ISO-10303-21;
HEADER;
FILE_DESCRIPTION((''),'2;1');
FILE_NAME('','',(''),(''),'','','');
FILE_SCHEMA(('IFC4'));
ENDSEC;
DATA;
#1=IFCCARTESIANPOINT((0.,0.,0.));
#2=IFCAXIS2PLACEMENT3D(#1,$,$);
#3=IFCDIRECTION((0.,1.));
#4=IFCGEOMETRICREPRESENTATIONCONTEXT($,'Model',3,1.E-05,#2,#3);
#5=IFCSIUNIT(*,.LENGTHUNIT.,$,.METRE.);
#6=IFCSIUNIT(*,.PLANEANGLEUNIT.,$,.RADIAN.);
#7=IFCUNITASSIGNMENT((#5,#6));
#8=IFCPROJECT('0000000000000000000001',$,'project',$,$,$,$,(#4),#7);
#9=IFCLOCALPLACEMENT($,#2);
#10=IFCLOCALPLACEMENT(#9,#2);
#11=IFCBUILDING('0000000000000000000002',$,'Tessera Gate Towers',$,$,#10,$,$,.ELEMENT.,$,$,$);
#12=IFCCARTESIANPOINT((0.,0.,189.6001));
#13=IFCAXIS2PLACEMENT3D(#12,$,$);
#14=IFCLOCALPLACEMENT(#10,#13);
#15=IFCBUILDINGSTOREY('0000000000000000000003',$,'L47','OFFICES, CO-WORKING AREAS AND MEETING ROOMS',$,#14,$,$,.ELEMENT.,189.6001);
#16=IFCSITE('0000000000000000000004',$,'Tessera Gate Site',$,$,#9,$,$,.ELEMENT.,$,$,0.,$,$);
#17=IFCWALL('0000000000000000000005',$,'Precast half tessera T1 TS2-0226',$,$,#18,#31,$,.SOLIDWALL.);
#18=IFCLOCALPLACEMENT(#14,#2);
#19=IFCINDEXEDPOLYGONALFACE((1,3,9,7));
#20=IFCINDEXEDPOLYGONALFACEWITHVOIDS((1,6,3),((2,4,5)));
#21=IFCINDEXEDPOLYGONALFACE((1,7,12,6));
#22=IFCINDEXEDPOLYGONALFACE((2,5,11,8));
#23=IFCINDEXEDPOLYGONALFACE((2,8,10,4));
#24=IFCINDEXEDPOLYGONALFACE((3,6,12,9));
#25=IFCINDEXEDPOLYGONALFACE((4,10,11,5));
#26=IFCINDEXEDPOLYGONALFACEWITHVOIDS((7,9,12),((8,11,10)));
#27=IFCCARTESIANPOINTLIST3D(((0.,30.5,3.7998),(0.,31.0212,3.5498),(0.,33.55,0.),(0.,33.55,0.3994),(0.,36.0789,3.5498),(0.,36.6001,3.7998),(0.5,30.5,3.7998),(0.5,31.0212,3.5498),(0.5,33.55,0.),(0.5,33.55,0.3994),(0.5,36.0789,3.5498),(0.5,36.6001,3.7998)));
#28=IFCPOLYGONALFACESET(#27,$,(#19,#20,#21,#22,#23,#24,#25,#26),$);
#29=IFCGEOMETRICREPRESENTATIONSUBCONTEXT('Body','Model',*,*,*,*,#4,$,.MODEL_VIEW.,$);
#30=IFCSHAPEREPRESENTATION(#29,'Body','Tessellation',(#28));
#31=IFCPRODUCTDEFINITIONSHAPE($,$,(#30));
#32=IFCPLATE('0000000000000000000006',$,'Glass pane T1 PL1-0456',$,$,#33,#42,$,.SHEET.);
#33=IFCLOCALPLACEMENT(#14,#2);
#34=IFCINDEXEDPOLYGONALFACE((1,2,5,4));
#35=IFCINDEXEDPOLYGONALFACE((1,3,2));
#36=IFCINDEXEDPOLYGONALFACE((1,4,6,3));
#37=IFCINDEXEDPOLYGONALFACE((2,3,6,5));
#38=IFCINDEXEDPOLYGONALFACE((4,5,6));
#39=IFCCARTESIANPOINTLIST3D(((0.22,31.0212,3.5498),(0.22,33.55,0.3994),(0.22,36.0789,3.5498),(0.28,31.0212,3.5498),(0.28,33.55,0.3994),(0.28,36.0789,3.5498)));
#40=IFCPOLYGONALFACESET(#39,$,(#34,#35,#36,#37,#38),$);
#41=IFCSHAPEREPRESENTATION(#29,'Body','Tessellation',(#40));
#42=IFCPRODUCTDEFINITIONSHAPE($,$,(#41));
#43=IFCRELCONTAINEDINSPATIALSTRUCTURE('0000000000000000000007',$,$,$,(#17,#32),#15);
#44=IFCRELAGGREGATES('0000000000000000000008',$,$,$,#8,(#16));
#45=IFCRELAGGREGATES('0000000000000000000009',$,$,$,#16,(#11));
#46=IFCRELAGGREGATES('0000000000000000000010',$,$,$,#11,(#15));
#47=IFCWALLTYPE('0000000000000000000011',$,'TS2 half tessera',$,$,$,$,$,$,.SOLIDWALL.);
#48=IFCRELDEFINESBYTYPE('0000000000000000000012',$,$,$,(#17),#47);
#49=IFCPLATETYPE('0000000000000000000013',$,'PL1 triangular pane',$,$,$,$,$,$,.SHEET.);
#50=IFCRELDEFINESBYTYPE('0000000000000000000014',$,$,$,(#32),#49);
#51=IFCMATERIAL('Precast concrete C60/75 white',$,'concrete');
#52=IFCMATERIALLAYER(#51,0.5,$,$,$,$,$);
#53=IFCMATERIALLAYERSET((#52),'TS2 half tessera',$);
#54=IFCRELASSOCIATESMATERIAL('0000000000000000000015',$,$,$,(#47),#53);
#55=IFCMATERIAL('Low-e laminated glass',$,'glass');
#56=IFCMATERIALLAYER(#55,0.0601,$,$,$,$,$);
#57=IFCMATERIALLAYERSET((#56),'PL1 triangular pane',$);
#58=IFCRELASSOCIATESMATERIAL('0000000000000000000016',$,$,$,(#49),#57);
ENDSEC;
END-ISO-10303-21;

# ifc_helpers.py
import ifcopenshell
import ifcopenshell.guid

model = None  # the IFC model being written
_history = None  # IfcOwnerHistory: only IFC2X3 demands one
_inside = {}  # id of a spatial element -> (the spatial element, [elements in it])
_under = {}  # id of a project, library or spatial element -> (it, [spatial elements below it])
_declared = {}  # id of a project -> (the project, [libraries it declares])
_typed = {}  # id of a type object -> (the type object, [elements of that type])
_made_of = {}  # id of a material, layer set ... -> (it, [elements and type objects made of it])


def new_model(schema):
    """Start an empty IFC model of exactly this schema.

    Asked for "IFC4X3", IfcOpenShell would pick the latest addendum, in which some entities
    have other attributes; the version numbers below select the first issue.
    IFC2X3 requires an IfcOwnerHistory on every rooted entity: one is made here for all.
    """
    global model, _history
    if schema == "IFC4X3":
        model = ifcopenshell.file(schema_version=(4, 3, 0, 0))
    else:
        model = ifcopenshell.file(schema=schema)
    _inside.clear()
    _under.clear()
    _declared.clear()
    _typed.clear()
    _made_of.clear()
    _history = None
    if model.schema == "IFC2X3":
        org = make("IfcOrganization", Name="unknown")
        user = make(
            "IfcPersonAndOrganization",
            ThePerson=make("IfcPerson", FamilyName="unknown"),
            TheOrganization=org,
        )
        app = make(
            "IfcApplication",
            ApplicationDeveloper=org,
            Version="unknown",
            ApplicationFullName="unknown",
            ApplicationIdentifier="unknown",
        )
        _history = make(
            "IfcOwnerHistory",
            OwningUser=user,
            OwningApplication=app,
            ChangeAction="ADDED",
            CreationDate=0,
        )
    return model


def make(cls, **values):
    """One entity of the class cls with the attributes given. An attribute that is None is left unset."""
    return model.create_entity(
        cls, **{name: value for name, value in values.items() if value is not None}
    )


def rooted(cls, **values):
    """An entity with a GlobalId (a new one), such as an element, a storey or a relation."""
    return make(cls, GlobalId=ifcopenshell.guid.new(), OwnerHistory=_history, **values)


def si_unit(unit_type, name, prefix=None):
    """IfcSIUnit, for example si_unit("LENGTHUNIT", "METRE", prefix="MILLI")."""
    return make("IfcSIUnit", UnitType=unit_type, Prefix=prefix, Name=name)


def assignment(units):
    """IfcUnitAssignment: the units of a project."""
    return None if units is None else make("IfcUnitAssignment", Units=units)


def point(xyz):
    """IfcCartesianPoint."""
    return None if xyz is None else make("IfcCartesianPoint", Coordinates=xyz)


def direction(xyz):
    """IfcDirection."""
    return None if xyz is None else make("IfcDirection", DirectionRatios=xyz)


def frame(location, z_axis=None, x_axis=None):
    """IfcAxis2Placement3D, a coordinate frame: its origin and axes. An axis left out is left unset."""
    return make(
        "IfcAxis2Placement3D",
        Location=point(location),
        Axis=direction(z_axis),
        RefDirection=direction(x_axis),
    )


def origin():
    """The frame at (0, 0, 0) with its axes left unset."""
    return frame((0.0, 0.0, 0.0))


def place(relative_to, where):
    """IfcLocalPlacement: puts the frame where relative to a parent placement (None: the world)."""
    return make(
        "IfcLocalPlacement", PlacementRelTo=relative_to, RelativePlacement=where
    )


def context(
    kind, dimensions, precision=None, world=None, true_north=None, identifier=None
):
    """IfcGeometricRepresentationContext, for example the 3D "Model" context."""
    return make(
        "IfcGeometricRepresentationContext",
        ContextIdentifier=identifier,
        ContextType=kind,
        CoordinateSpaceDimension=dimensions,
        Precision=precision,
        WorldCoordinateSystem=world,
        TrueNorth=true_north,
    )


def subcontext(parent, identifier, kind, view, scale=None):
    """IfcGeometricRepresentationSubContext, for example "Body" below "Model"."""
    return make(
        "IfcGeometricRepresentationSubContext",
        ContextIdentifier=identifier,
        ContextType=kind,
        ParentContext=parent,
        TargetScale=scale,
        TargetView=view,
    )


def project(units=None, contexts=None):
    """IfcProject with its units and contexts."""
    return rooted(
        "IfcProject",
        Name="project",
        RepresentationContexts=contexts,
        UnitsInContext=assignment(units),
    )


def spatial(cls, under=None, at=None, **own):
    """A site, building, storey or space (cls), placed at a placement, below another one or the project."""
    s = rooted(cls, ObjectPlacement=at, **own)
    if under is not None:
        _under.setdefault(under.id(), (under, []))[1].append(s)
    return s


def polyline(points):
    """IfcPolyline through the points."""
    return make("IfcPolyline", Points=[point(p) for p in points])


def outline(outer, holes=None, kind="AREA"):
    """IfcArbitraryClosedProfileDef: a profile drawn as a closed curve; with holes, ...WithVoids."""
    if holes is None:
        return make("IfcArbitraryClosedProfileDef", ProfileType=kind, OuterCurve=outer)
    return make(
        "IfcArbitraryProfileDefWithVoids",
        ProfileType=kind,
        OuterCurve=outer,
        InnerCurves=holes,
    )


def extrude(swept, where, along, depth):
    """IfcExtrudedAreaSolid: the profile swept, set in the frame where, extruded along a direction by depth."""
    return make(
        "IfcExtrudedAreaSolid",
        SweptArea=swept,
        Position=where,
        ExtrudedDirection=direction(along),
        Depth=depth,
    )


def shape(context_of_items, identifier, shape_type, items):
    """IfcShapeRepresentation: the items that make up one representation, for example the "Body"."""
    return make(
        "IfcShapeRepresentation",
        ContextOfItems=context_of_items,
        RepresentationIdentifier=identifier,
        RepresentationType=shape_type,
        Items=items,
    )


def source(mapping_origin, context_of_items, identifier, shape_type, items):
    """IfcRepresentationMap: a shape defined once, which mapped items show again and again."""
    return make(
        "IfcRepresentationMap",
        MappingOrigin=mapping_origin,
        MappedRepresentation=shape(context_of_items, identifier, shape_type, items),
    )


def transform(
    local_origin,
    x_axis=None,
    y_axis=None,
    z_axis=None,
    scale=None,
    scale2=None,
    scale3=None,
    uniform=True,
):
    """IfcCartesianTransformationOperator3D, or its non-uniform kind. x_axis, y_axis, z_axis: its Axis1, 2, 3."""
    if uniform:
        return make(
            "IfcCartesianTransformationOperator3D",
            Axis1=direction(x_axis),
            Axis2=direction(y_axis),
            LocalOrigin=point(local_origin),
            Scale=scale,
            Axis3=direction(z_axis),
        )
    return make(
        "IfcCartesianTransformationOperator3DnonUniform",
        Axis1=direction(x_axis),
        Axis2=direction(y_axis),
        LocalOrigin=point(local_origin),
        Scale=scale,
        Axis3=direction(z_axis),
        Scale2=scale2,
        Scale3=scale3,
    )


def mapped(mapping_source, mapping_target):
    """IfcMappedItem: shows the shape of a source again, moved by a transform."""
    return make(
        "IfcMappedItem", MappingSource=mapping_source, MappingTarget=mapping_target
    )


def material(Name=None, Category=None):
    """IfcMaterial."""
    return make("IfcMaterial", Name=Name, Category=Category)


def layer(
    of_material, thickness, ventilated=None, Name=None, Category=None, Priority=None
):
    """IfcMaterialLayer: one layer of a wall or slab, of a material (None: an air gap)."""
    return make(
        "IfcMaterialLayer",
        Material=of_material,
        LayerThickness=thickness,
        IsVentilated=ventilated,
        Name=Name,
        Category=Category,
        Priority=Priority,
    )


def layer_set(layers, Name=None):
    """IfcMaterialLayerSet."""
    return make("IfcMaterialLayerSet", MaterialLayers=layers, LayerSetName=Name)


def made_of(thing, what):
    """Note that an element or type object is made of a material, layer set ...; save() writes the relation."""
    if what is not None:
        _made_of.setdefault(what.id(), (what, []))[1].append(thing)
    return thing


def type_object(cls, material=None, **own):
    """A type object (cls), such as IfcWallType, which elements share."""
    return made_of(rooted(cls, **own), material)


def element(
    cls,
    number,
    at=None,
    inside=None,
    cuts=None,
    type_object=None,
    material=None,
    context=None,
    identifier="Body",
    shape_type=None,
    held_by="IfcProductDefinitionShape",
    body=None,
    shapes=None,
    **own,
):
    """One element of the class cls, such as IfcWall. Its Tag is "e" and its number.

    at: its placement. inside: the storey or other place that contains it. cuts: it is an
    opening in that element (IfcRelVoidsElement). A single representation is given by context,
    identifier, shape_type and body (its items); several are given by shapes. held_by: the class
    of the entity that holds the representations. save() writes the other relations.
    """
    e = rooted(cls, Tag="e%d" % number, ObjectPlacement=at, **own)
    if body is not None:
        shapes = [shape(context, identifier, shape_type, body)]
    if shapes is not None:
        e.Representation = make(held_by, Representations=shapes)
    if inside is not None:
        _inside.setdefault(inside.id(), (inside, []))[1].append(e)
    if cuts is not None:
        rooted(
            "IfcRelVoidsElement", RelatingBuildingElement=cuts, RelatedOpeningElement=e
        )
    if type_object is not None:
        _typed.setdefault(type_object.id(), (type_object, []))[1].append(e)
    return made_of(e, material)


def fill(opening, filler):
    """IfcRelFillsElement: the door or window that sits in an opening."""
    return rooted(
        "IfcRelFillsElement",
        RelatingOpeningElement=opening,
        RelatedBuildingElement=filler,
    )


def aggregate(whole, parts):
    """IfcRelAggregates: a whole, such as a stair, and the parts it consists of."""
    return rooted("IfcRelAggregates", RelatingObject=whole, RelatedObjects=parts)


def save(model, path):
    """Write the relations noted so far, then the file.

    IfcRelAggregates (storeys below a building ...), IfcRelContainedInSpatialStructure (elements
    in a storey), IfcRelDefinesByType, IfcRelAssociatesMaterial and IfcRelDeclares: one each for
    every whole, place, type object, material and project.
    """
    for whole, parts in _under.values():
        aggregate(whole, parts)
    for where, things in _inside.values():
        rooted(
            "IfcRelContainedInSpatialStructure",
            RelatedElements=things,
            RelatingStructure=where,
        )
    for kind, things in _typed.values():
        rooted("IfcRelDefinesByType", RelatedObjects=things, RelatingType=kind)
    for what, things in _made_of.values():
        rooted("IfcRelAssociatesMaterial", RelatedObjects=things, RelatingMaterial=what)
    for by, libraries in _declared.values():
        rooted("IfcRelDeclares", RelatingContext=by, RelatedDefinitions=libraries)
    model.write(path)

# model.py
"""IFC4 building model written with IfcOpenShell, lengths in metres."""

from ifc_helpers import new_model, si_unit, direction, frame, origin, place, context, subcontext, project, spatial, polyline, outline, extrude, source, transform, mapped, material, layer, layer_set, type_object, element, fill, save


model = new_model("IFC4")

# Units and contexts
model_context = context("Model", 3, precision=1e-05, world=origin(), true_north=direction((0.0, 1.0)))
body_context = subcontext(model_context, "Body", "Model", "MODEL_VIEW")
ifc_project = project(units=[si_unit("LENGTHUNIT", "METRE"), si_unit("PLANEANGLEUNIT", "RADIAN")], contexts=[model_context])

# Site, building, storey
site_placement = place(None, origin())
site = spatial("IfcSite", under=ifc_project, at=site_placement, Name="Tessera Gate Site", CompositionType="ELEMENT", RefElevation=0.0)
building_placement = place(site_placement, origin())
building = spatial("IfcBuilding", under=site, at=building_placement, Name="Tessera Gate Towers", CompositionType="ELEMENT")
storey_placement = place(building_placement, frame((0.0, 0.0, 189.6001)))
storey = spatial("IfcBuildingStorey", under=building, at=storey_placement, Name="L47", Description="OFFICES, CO-WORKING AREAS AND MEETING ROOMS", CompositionType="ELEMENT", Elevation=189.6001)

# Wall, opening, plate
ifc_material_1 = material(Name="Precast concrete C60/75 white", Category="concrete")
ifc_layer_1 = layer(ifc_material_1, 0.5)
ifc_layer_set_1 = layer_set([ifc_layer_1], Name="TS2 half tessera")
wall_type_1 = type_object("IfcWallType", Name="TS2 half tessera", PredefinedType="SOLIDWALL", material=ifc_layer_set_1)
shared_shape_1 = source(origin(), body_context, "Body", "SweptSolid", [
    extrude(outline(polyline([(3.05, 0.0), (6.1001, 3.7998), (0.0, 3.7998), (3.05, 0.0)])), frame((0.0, 0.25, 0.0), z_axis=(0.0, -1.0, 0.0), x_axis=(1.0, 0.0, 0.0)), (0.0, 0.0, 1.0), 0.5),
])
wall_1_placement = place(storey_placement, frame((0.25, 36.6001, 0.0), z_axis=(0.0, 0.0, 1.0), x_axis=(0.0, -1.0, 0.0)))
wall_1 = element("IfcWall", 1, at=wall_1_placement, inside=storey, type_object=wall_type_1, Name="Precast half tessera T1 TS2-0226", PredefinedType="SOLIDWALL", context=body_context, shape_type="MappedRepresentation", body=[
    mapped(shared_shape_1, transform((0.0, 0.0, 0.0), scale=1.0)),
])
shared_shape_2 = source(origin(), body_context, "Body", "SweptSolid", [
    extrude(outline(polyline([(3.05, 0.3994), (5.5789, 3.5498), (0.5212, 3.5498), (3.05, 0.3994)])), frame((0.0, 0.26, 0.0), z_axis=(0.0, -1.0, 0.0), x_axis=(1.0, 0.0, 0.0)), (0.0, 0.0, 1.0), 0.52),
])
opening_1_placement = place(wall_1_placement, origin())
opening_1 = element("IfcOpeningElement", 2, at=opening_1_placement, cuts=wall_1, PredefinedType="OPENING", context=body_context, shape_type="MappedRepresentation", body=[
    mapped(shared_shape_2, transform((0.0, 0.0, 0.0), scale=1.0)),
])
ifc_material_2 = material(Name="Low-e laminated glass", Category="glass")
ifc_layer_2 = layer(ifc_material_2, 0.0601)
ifc_layer_set_2 = layer_set([ifc_layer_2], Name="PL1 triangular pane")
plate_type_1 = type_object("IfcPlateType", Name="PL1 triangular pane", PredefinedType="SHEET", material=ifc_layer_set_2)
shared_shape_3 = source(origin(), body_context, "Body", "SweptSolid", [
    extrude(outline(polyline([(3.05, 0.3994), (5.5789, 3.5498), (0.5212, 3.5498), (3.05, 0.3994)])), frame((0.0, 0.03, 0.0), z_axis=(0.0, -1.0, 0.0), x_axis=(1.0, 0.0, 0.0)), (0.0, 0.0, 1.0), 0.0601),
])
plate_1_placement = place(opening_1_placement, origin())
plate_1 = element("IfcPlate", 3, at=plate_1_placement, inside=storey, type_object=plate_type_1, Name="Glass pane T1 PL1-0456", PredefinedType="SHEET", context=body_context, shape_type="MappedRepresentation", body=[
    mapped(shared_shape_3, transform((0.0, 0.0, 0.0), scale=1.0)),
])
fill(opening_1, plate_1)

save(model, "model.ifc")
